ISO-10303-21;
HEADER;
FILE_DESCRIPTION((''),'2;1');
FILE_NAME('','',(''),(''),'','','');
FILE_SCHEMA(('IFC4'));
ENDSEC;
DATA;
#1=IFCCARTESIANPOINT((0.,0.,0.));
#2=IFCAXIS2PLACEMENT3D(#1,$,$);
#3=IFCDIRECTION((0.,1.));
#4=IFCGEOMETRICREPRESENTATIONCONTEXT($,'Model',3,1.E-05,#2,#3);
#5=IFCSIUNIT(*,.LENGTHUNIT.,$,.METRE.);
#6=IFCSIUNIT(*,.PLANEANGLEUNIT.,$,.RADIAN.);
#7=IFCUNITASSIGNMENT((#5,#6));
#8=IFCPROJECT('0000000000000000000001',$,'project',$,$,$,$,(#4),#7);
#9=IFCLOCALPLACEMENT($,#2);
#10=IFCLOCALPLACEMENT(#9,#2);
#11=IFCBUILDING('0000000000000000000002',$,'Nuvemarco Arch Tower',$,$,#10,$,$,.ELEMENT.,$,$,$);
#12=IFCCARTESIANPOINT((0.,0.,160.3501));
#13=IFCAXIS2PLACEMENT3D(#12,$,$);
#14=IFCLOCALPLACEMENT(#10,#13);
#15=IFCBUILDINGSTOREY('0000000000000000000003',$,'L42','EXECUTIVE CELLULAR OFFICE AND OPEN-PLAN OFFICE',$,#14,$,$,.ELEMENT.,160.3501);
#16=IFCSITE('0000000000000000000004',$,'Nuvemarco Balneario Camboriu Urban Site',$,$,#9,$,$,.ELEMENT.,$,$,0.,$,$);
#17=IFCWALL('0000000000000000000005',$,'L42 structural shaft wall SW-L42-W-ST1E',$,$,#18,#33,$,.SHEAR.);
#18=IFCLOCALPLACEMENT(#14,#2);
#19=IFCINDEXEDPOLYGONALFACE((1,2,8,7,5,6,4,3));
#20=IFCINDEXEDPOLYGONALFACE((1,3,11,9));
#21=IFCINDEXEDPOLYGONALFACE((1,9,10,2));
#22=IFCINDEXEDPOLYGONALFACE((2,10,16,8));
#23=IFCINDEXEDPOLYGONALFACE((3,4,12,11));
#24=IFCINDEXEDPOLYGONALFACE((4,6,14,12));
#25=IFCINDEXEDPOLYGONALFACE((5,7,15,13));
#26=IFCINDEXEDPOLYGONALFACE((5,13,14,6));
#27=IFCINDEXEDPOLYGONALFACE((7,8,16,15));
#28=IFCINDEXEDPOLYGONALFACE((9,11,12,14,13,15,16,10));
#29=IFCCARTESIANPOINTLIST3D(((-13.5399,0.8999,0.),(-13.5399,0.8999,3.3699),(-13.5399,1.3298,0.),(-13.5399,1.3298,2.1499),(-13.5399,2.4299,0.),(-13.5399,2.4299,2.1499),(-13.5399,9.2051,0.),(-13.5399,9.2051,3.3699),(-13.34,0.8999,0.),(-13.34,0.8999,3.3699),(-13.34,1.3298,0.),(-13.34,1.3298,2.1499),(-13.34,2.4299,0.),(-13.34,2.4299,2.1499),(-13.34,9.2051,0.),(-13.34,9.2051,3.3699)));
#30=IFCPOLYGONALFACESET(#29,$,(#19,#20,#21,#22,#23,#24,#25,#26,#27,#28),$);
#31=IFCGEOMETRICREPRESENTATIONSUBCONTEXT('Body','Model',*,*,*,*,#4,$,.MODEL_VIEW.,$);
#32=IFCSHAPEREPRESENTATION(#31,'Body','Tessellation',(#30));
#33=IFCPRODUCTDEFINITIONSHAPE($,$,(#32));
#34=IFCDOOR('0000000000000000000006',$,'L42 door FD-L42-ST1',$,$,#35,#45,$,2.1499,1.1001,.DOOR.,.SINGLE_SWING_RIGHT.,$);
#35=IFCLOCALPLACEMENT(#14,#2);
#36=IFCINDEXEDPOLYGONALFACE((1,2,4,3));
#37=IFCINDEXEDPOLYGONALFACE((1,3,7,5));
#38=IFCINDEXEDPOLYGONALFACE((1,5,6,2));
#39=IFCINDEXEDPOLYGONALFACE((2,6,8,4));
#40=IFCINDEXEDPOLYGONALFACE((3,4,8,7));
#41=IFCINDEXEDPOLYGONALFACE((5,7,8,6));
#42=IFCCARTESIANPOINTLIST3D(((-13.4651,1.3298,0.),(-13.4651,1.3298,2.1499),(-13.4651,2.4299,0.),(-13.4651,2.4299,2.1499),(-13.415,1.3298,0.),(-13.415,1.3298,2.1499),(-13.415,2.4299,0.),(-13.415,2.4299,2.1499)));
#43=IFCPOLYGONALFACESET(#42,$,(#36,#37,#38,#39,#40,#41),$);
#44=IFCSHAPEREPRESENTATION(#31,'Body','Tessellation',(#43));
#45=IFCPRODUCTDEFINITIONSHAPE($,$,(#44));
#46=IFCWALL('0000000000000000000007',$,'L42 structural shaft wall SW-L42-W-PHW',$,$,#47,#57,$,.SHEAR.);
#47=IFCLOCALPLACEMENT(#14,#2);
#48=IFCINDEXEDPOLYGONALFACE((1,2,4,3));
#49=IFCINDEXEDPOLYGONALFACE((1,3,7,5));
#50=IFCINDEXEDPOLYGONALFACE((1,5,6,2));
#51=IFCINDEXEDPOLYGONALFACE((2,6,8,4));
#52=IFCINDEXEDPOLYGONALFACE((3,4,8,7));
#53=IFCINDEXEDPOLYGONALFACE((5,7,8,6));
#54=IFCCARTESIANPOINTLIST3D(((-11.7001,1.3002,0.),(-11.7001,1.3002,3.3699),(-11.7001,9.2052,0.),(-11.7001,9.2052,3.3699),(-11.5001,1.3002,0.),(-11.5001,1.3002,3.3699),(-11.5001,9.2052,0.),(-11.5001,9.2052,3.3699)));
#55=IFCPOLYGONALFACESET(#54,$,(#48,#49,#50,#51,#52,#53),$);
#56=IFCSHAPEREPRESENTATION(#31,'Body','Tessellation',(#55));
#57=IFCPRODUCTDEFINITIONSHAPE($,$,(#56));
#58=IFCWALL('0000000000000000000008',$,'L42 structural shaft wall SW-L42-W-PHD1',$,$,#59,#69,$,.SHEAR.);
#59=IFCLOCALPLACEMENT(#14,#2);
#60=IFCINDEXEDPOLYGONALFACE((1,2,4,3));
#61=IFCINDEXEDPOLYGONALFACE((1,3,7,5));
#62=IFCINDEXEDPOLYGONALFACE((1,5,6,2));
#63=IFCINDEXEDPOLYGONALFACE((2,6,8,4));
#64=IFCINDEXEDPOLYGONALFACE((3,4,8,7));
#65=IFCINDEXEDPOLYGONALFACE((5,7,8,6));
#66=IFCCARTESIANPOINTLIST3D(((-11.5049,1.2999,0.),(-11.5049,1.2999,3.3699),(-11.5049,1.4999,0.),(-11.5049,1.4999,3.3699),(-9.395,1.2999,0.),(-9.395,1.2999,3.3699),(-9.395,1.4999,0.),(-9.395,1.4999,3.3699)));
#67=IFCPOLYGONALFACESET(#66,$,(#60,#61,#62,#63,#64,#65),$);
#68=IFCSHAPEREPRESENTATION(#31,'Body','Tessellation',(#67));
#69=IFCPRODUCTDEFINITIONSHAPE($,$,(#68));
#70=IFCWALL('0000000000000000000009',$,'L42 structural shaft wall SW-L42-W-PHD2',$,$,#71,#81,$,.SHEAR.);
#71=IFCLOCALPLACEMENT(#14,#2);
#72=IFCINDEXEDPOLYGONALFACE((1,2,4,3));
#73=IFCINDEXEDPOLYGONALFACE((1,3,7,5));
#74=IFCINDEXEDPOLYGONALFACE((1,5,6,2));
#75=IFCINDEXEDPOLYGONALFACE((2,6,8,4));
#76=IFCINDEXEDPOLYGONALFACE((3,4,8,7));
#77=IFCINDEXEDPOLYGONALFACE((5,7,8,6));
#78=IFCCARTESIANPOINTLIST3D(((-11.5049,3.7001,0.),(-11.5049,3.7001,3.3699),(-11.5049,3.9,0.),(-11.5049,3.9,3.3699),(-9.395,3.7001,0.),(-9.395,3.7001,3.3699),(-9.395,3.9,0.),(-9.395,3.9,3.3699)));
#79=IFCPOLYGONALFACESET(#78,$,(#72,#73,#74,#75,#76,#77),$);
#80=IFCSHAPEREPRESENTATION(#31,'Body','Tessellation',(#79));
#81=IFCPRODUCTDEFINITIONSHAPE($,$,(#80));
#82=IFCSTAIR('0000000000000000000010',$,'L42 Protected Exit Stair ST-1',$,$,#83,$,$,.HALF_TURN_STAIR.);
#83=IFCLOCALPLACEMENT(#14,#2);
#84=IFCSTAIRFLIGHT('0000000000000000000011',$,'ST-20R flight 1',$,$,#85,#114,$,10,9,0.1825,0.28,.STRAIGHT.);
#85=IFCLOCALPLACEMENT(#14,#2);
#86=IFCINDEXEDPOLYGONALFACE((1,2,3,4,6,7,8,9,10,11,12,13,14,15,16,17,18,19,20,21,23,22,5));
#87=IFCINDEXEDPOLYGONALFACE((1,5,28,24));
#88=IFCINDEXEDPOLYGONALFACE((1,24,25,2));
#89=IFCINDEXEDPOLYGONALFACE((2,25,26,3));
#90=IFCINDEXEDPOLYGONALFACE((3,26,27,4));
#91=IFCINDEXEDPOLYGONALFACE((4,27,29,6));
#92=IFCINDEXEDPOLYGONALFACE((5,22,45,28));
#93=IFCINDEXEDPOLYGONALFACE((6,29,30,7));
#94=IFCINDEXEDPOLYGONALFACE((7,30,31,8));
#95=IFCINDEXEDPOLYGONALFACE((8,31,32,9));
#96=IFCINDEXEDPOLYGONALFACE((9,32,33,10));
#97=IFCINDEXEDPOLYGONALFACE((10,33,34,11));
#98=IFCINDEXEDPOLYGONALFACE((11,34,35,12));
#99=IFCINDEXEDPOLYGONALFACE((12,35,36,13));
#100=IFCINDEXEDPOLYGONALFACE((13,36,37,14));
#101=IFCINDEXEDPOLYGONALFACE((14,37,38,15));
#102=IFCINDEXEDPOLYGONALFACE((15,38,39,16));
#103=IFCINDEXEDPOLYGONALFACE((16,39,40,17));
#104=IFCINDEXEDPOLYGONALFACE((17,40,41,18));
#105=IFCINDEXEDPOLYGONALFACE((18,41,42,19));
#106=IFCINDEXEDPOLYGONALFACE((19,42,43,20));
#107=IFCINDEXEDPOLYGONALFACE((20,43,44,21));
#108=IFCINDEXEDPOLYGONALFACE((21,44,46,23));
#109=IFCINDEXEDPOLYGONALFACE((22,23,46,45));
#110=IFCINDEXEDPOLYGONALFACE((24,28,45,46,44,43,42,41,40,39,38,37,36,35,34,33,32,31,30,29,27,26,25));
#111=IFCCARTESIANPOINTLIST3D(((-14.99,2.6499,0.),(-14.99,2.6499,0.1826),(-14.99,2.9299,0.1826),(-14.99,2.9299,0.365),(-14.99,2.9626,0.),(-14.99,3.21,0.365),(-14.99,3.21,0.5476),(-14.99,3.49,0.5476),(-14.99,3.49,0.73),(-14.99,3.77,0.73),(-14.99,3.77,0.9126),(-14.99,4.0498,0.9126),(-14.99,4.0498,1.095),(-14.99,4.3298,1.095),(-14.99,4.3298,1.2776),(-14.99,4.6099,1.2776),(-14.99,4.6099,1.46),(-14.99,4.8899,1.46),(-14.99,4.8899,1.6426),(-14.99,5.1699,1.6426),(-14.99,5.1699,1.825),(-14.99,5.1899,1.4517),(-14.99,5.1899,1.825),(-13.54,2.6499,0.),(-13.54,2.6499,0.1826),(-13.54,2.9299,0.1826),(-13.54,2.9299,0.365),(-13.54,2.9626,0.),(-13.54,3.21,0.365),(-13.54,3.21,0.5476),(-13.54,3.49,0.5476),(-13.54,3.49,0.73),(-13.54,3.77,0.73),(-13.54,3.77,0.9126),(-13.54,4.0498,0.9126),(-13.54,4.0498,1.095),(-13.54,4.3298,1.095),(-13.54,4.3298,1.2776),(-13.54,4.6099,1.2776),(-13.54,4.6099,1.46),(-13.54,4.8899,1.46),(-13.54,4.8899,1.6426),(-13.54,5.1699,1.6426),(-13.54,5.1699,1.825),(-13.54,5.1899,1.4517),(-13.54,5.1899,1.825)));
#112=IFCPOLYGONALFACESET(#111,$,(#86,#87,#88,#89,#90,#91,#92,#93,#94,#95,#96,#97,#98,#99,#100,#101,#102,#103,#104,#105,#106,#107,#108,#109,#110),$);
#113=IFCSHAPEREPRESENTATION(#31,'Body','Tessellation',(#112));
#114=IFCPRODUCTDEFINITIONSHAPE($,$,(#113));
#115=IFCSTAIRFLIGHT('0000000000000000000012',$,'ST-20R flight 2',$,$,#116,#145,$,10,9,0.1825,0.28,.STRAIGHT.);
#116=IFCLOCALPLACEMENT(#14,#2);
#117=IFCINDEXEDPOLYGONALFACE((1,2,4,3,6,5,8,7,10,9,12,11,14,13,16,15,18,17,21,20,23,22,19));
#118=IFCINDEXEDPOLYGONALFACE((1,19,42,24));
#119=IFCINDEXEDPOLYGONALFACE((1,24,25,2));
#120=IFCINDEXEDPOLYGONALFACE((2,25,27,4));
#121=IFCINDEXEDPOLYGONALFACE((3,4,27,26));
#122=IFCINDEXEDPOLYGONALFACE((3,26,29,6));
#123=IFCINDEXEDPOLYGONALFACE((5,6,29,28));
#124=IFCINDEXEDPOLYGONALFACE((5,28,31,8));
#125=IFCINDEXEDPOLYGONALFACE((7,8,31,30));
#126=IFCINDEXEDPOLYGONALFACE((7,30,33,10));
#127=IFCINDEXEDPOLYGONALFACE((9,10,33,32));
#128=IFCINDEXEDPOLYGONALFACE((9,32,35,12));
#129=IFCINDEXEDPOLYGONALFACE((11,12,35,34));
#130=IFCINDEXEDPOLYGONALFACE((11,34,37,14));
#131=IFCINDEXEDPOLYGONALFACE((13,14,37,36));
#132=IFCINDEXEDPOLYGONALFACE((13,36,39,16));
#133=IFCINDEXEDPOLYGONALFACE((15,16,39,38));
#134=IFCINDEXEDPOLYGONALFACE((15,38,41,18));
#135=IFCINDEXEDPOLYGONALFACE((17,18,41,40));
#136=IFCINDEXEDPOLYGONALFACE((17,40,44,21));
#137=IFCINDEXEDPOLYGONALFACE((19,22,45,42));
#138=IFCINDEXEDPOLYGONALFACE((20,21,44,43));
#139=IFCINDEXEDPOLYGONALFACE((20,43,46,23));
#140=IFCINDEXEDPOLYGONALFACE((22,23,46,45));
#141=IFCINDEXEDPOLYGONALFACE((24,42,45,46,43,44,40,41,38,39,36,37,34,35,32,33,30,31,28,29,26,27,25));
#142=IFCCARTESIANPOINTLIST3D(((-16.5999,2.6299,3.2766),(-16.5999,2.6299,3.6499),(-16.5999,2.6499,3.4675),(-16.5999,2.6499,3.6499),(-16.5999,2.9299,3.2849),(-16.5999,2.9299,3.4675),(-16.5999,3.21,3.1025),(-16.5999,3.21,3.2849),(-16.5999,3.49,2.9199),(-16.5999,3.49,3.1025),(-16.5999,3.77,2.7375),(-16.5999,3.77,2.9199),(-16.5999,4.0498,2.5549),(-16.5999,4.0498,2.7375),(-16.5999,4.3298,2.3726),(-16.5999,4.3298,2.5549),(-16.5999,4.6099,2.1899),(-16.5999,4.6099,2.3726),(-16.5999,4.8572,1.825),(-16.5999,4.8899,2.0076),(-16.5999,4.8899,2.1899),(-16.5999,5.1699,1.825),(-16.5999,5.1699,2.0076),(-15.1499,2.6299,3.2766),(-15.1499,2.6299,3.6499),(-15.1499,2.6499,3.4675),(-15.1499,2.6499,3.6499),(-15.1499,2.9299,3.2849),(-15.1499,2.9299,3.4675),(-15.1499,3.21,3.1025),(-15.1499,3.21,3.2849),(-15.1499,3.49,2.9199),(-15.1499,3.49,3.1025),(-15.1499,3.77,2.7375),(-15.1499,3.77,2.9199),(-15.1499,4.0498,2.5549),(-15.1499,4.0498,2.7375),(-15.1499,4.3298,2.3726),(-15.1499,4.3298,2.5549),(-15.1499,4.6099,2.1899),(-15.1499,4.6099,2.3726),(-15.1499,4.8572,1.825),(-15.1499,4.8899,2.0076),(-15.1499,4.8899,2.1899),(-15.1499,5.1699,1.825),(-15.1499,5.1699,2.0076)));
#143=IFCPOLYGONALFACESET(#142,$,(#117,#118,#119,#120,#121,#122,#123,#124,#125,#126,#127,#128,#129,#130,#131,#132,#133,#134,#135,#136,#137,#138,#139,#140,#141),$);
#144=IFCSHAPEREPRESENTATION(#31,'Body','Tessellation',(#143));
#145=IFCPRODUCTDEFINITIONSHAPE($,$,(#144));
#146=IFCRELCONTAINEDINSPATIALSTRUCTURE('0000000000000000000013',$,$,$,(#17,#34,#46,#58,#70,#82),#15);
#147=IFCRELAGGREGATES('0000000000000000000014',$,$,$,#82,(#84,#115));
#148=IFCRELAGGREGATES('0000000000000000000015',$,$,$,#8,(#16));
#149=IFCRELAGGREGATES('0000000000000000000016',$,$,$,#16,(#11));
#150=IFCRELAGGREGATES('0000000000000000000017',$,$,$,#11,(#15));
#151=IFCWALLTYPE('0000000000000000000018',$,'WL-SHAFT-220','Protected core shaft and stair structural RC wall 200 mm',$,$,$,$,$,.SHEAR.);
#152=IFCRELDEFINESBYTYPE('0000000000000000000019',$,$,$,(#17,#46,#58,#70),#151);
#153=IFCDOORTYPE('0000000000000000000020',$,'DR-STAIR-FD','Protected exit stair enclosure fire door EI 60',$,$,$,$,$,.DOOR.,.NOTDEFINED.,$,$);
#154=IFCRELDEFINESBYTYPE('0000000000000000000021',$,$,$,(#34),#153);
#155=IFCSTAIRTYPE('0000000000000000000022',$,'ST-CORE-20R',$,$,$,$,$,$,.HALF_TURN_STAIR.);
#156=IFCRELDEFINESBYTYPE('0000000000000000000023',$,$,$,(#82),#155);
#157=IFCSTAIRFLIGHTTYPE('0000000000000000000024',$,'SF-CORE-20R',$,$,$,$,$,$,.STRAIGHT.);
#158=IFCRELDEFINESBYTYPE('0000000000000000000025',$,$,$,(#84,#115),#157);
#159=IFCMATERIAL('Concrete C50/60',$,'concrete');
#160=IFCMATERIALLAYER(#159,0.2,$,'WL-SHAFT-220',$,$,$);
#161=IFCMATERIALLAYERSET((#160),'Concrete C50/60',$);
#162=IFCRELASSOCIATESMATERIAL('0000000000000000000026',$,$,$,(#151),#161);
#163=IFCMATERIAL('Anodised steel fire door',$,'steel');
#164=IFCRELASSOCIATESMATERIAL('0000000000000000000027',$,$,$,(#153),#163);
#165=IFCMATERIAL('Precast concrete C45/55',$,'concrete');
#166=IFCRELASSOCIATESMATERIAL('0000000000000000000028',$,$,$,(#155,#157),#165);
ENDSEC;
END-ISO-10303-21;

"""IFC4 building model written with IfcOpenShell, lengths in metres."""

from ifc_helpers import new_model, si_unit, direction, frame, frame_2d, origin, place, context, subcontext, project, spatial, polyline, rectangle, outline, extrude, source, transform, mapped, material, layer, layer_set, type_object, type_shapes, element, fill, aggregate, save


model = new_model("IFC4")

# Units and contexts
model_context = context("Model", 3, precision=1e-05, world=origin(), true_north=direction((0.0, 1.0)))
body_context = subcontext(model_context, "Body", "Model", "MODEL_VIEW")
ifc_project = project(units=[si_unit("LENGTHUNIT", "METRE"), si_unit("PLANEANGLEUNIT", "RADIAN")], contexts=[model_context])

# Site, building, storey
site_placement = place(None, origin())
site = spatial("IfcSite", under=ifc_project, at=site_placement, Name="Nuvemarco Balneario Camboriu Urban Site", CompositionType="ELEMENT", RefElevation=0.0)
building_placement = place(site_placement, origin())
building = spatial("IfcBuilding", under=site, at=building_placement, Name="Nuvemarco Arch Tower", CompositionType="ELEMENT")
storey_placement = place(building_placement, frame((0.0, 0.0, 160.3501)))
storey = spatial("IfcBuildingStorey", under=building, at=storey_placement, Name="L42", Description="EXECUTIVE CELLULAR OFFICE AND OPEN-PLAN OFFICE", CompositionType="ELEMENT", Elevation=160.3501)

# Shared definitions
ifc_material_1 = material(Name="Concrete C50/60", Category="concrete")

# Wall, opening, door
ifc_layer_1 = layer(ifc_material_1, 0.2, Name="WL-SHAFT-220")
ifc_layer_set_1 = layer_set([ifc_layer_1], Name="Concrete C50/60")
wall_type_1 = type_object("IfcWallType", Name="WL-SHAFT-220", Description="Protected core shaft and stair structural RC wall 200 mm", PredefinedType="SHEAR", material=ifc_layer_set_1)
wall_1_placement = place(storey_placement, frame((-13.4399, 0.8999, 0.0), z_axis=(0.0, 0.0, 1.0), x_axis=(0.0, 1.0, 0.0)))
wall_1 = element("IfcWall", 1, at=wall_1_placement, inside=storey, type_object=wall_type_1, Name="L42 structural shaft wall SW-L42-W-ST1E", PredefinedType="SHEAR", context=body_context, shape_type="SweptSolid", body=[
    extrude(rectangle(XDim=8.3052, YDim=0.2, at=frame_2d((4.1526, 0.0))), origin(), (0.0, 0.0, 1.0), 3.3699),
])
opening_1_placement = place(wall_1_placement, frame((1.53, 0.0, 0.0), z_axis=(0.0, 0.0, 1.0), x_axis=(-1.0, 0.0, 0.0)))
opening_1 = element("IfcOpeningElement", 2, at=opening_1_placement, cuts=wall_1, PredefinedType="OPENING", context=body_context, shape_type="SweptSolid", body=[
    extrude(rectangle(XDim=1.1001, YDim=2.1499, at=frame_2d((0.55, 1.075))), frame((0.0, 0.1099, 0.0), z_axis=(0.0, -1.0, 0.0), x_axis=(1.0, 0.0, 0.0)), (0.0, 0.0, 1.0), 0.22),
])
ifc_material_2 = material(Name="Anodised steel fire door", Category="steel")
door_type_1 = type_object("IfcDoorType", Name="DR-STAIR-FD", Description="Protected exit stair enclosure fire door EI 60", OperationType="NOTDEFINED", PredefinedType="DOOR", material=ifc_material_2)
shared_shape_1 = source(origin(), body_context, "Body", "SweptSolid", [
    extrude(rectangle(XDim=1.1001, YDim=2.1499, at=frame_2d((0.55, 1.075))), frame((0.0, 0.0249, 0.0), z_axis=(0.0, -1.0, 0.0), x_axis=(1.0, 0.0, 0.0)), (0.0, 0.0, 1.0), 0.05),
])
type_shapes(door_type_1, [shared_shape_1])
door_1_placement = place(opening_1_placement, origin())
door_1 = element("IfcDoor", 3, at=door_1_placement, inside=storey, type_object=door_type_1, Name="L42 door FD-L42-ST1", OperationType="SINGLE_SWING_RIGHT", OverallHeight=2.1499, OverallWidth=1.1001, PredefinedType="DOOR", context=body_context, shape_type="MappedRepresentation", body=[
    mapped(shared_shape_1, transform((0.0, 0.0, 0.0), scale=1.0)),
])
fill(opening_1, door_1)

# Walls
wall_2_placement = place(storey_placement, frame((-11.6001, 1.3, 0.0), z_axis=(0.0, 0.0, 1.0), x_axis=(0.0, 1.0, 0.0)))
element("IfcWall", 4, at=wall_2_placement, inside=storey, type_object=wall_type_1, Name="L42 structural shaft wall SW-L42-W-PHW", PredefinedType="SHEAR", context=body_context, shape_type="SweptSolid", body=[
    extrude(rectangle(XDim=7.905, YDim=0.2, at=frame_2d((3.9526, 0.0))), origin(), (0.0, 0.0, 1.0), 3.3699),
])
for number, where, z_axis, x_axis, name in (
    (5, (-11.5049, 1.3999, 0.0), (0.0, 0.0, 1.0), (1.0, 0.0, 0.0), "L42 structural shaft wall SW-L42-W-PHD1"),
    (6, (-11.5049, 3.8, 0.0), (0.0, 0.0, 1.0), (1.0, 0.0, 0.0), "L42 structural shaft wall SW-L42-W-PHD2"),
):
    element("IfcWall", number, at=place(storey_placement, frame(where, z_axis=z_axis, x_axis=x_axis)), inside=storey, type_object=wall_type_1, Name=name, PredefinedType="SHEAR", context=body_context, shape_type="SweptSolid", body=[
        extrude(rectangle(XDim=2.1099, YDim=0.2, at=frame_2d((1.0549, 0.0))), origin(), (0.0, 0.0, 1.0), 3.3699),
    ])

# Stair, stair flights
ifc_material_3 = material(Name="Precast concrete C45/55", Category="concrete")
stair_type = type_object("IfcStairType", Name="ST-CORE-20R", PredefinedType="HALF_TURN_STAIR", material=ifc_material_3)
stair_placement = place(storey_placement, origin())
stair = element("IfcStair", 7, at=stair_placement, inside=storey, type_object=stair_type, Name="L42 Protected Exit Stair ST-1", PredefinedType="HALF_TURN_STAIR")
stair_flight_type = type_object("IfcStairFlightType", Name="SF-CORE-20R", PredefinedType="STRAIGHT", material=ifc_material_3)
stair_flight_1_placement = place(storey_placement, frame((-14.2649, 2.6499, 0.0), z_axis=(0.0, 0.0, 1.0), x_axis=(0.0, 1.0, 0.0)))
stair_flight_1 = element("IfcStairFlight", 8, at=stair_flight_1_placement, type_object=stair_flight_type, Name="ST-20R flight 1", NumberOfRisers=10, NumberOfTreads=9, PredefinedType="STRAIGHT", RiserHeight=0.1825, TreadLength=0.28, context=body_context, shape_type="SweptSolid", body=[
    extrude(outline(polyline([(0.0, 0.0), (0.0, 0.1826), (0.28, 0.1826), (0.28, 0.365), (0.5601, 0.365), (0.5601, 0.5476), (0.8401, 0.5476), (0.8401, 0.73), (1.1201, 0.73), (1.1201, 0.9126), (1.3999, 0.9126), (1.3999, 1.095), (1.6799, 1.095), (1.6799, 1.2776), (1.96, 1.2776), (1.96, 1.46), (2.24, 1.46), (2.24, 1.6426), (2.52, 1.6426), (2.52, 1.825), (2.54, 1.825), (2.54, 1.4517), (0.3127, 0.0), (0.0, 0.0)])), frame((0.0, 0.7251, 0.0), z_axis=(0.0, -1.0, 0.0), x_axis=(1.0, 0.0, 0.0)), (0.0, 0.0, 1.0), 1.45),
])
stair_flight_2_placement = place(storey_placement, frame((-15.875, 5.1699, 1.825), z_axis=(0.0, 0.0, 1.0), x_axis=(0.0, -1.0, 0.0)))
stair_flight_2 = element("IfcStairFlight", 9, at=stair_flight_2_placement, type_object=stair_flight_type, Name="ST-20R flight 2", NumberOfRisers=10, NumberOfTreads=9, PredefinedType="STRAIGHT", RiserHeight=0.1825, TreadLength=0.28, context=body_context, shape_type="SweptSolid", body=[
    extrude(outline(polyline([(0.0, 0.0), (0.0, 0.1826), (0.28, 0.1826), (0.28, 0.365), (0.5601, 0.365), (0.5601, 0.5476), (0.8401, 0.5476), (0.8401, 0.73), (1.1201, 0.73), (1.1201, 0.9126), (1.3999, 0.9126), (1.3999, 1.095), (1.6799, 1.095), (1.6799, 1.2776), (1.96, 1.2776), (1.96, 1.46), (2.24, 1.46), (2.24, 1.6426), (2.52, 1.6426), (2.52, 1.825), (2.54, 1.825), (2.54, 1.4517), (0.3127, 0.0), (0.0, 0.0)])), frame((0.0, 0.7251, 0.0), z_axis=(0.0, -1.0, 0.0), x_axis=(1.0, 0.0, 0.0)), (0.0, 0.0, 1.0), 1.45),
])
aggregate(stair, [stair_flight_1, stair_flight_2])

save(model, "model.ifc")
